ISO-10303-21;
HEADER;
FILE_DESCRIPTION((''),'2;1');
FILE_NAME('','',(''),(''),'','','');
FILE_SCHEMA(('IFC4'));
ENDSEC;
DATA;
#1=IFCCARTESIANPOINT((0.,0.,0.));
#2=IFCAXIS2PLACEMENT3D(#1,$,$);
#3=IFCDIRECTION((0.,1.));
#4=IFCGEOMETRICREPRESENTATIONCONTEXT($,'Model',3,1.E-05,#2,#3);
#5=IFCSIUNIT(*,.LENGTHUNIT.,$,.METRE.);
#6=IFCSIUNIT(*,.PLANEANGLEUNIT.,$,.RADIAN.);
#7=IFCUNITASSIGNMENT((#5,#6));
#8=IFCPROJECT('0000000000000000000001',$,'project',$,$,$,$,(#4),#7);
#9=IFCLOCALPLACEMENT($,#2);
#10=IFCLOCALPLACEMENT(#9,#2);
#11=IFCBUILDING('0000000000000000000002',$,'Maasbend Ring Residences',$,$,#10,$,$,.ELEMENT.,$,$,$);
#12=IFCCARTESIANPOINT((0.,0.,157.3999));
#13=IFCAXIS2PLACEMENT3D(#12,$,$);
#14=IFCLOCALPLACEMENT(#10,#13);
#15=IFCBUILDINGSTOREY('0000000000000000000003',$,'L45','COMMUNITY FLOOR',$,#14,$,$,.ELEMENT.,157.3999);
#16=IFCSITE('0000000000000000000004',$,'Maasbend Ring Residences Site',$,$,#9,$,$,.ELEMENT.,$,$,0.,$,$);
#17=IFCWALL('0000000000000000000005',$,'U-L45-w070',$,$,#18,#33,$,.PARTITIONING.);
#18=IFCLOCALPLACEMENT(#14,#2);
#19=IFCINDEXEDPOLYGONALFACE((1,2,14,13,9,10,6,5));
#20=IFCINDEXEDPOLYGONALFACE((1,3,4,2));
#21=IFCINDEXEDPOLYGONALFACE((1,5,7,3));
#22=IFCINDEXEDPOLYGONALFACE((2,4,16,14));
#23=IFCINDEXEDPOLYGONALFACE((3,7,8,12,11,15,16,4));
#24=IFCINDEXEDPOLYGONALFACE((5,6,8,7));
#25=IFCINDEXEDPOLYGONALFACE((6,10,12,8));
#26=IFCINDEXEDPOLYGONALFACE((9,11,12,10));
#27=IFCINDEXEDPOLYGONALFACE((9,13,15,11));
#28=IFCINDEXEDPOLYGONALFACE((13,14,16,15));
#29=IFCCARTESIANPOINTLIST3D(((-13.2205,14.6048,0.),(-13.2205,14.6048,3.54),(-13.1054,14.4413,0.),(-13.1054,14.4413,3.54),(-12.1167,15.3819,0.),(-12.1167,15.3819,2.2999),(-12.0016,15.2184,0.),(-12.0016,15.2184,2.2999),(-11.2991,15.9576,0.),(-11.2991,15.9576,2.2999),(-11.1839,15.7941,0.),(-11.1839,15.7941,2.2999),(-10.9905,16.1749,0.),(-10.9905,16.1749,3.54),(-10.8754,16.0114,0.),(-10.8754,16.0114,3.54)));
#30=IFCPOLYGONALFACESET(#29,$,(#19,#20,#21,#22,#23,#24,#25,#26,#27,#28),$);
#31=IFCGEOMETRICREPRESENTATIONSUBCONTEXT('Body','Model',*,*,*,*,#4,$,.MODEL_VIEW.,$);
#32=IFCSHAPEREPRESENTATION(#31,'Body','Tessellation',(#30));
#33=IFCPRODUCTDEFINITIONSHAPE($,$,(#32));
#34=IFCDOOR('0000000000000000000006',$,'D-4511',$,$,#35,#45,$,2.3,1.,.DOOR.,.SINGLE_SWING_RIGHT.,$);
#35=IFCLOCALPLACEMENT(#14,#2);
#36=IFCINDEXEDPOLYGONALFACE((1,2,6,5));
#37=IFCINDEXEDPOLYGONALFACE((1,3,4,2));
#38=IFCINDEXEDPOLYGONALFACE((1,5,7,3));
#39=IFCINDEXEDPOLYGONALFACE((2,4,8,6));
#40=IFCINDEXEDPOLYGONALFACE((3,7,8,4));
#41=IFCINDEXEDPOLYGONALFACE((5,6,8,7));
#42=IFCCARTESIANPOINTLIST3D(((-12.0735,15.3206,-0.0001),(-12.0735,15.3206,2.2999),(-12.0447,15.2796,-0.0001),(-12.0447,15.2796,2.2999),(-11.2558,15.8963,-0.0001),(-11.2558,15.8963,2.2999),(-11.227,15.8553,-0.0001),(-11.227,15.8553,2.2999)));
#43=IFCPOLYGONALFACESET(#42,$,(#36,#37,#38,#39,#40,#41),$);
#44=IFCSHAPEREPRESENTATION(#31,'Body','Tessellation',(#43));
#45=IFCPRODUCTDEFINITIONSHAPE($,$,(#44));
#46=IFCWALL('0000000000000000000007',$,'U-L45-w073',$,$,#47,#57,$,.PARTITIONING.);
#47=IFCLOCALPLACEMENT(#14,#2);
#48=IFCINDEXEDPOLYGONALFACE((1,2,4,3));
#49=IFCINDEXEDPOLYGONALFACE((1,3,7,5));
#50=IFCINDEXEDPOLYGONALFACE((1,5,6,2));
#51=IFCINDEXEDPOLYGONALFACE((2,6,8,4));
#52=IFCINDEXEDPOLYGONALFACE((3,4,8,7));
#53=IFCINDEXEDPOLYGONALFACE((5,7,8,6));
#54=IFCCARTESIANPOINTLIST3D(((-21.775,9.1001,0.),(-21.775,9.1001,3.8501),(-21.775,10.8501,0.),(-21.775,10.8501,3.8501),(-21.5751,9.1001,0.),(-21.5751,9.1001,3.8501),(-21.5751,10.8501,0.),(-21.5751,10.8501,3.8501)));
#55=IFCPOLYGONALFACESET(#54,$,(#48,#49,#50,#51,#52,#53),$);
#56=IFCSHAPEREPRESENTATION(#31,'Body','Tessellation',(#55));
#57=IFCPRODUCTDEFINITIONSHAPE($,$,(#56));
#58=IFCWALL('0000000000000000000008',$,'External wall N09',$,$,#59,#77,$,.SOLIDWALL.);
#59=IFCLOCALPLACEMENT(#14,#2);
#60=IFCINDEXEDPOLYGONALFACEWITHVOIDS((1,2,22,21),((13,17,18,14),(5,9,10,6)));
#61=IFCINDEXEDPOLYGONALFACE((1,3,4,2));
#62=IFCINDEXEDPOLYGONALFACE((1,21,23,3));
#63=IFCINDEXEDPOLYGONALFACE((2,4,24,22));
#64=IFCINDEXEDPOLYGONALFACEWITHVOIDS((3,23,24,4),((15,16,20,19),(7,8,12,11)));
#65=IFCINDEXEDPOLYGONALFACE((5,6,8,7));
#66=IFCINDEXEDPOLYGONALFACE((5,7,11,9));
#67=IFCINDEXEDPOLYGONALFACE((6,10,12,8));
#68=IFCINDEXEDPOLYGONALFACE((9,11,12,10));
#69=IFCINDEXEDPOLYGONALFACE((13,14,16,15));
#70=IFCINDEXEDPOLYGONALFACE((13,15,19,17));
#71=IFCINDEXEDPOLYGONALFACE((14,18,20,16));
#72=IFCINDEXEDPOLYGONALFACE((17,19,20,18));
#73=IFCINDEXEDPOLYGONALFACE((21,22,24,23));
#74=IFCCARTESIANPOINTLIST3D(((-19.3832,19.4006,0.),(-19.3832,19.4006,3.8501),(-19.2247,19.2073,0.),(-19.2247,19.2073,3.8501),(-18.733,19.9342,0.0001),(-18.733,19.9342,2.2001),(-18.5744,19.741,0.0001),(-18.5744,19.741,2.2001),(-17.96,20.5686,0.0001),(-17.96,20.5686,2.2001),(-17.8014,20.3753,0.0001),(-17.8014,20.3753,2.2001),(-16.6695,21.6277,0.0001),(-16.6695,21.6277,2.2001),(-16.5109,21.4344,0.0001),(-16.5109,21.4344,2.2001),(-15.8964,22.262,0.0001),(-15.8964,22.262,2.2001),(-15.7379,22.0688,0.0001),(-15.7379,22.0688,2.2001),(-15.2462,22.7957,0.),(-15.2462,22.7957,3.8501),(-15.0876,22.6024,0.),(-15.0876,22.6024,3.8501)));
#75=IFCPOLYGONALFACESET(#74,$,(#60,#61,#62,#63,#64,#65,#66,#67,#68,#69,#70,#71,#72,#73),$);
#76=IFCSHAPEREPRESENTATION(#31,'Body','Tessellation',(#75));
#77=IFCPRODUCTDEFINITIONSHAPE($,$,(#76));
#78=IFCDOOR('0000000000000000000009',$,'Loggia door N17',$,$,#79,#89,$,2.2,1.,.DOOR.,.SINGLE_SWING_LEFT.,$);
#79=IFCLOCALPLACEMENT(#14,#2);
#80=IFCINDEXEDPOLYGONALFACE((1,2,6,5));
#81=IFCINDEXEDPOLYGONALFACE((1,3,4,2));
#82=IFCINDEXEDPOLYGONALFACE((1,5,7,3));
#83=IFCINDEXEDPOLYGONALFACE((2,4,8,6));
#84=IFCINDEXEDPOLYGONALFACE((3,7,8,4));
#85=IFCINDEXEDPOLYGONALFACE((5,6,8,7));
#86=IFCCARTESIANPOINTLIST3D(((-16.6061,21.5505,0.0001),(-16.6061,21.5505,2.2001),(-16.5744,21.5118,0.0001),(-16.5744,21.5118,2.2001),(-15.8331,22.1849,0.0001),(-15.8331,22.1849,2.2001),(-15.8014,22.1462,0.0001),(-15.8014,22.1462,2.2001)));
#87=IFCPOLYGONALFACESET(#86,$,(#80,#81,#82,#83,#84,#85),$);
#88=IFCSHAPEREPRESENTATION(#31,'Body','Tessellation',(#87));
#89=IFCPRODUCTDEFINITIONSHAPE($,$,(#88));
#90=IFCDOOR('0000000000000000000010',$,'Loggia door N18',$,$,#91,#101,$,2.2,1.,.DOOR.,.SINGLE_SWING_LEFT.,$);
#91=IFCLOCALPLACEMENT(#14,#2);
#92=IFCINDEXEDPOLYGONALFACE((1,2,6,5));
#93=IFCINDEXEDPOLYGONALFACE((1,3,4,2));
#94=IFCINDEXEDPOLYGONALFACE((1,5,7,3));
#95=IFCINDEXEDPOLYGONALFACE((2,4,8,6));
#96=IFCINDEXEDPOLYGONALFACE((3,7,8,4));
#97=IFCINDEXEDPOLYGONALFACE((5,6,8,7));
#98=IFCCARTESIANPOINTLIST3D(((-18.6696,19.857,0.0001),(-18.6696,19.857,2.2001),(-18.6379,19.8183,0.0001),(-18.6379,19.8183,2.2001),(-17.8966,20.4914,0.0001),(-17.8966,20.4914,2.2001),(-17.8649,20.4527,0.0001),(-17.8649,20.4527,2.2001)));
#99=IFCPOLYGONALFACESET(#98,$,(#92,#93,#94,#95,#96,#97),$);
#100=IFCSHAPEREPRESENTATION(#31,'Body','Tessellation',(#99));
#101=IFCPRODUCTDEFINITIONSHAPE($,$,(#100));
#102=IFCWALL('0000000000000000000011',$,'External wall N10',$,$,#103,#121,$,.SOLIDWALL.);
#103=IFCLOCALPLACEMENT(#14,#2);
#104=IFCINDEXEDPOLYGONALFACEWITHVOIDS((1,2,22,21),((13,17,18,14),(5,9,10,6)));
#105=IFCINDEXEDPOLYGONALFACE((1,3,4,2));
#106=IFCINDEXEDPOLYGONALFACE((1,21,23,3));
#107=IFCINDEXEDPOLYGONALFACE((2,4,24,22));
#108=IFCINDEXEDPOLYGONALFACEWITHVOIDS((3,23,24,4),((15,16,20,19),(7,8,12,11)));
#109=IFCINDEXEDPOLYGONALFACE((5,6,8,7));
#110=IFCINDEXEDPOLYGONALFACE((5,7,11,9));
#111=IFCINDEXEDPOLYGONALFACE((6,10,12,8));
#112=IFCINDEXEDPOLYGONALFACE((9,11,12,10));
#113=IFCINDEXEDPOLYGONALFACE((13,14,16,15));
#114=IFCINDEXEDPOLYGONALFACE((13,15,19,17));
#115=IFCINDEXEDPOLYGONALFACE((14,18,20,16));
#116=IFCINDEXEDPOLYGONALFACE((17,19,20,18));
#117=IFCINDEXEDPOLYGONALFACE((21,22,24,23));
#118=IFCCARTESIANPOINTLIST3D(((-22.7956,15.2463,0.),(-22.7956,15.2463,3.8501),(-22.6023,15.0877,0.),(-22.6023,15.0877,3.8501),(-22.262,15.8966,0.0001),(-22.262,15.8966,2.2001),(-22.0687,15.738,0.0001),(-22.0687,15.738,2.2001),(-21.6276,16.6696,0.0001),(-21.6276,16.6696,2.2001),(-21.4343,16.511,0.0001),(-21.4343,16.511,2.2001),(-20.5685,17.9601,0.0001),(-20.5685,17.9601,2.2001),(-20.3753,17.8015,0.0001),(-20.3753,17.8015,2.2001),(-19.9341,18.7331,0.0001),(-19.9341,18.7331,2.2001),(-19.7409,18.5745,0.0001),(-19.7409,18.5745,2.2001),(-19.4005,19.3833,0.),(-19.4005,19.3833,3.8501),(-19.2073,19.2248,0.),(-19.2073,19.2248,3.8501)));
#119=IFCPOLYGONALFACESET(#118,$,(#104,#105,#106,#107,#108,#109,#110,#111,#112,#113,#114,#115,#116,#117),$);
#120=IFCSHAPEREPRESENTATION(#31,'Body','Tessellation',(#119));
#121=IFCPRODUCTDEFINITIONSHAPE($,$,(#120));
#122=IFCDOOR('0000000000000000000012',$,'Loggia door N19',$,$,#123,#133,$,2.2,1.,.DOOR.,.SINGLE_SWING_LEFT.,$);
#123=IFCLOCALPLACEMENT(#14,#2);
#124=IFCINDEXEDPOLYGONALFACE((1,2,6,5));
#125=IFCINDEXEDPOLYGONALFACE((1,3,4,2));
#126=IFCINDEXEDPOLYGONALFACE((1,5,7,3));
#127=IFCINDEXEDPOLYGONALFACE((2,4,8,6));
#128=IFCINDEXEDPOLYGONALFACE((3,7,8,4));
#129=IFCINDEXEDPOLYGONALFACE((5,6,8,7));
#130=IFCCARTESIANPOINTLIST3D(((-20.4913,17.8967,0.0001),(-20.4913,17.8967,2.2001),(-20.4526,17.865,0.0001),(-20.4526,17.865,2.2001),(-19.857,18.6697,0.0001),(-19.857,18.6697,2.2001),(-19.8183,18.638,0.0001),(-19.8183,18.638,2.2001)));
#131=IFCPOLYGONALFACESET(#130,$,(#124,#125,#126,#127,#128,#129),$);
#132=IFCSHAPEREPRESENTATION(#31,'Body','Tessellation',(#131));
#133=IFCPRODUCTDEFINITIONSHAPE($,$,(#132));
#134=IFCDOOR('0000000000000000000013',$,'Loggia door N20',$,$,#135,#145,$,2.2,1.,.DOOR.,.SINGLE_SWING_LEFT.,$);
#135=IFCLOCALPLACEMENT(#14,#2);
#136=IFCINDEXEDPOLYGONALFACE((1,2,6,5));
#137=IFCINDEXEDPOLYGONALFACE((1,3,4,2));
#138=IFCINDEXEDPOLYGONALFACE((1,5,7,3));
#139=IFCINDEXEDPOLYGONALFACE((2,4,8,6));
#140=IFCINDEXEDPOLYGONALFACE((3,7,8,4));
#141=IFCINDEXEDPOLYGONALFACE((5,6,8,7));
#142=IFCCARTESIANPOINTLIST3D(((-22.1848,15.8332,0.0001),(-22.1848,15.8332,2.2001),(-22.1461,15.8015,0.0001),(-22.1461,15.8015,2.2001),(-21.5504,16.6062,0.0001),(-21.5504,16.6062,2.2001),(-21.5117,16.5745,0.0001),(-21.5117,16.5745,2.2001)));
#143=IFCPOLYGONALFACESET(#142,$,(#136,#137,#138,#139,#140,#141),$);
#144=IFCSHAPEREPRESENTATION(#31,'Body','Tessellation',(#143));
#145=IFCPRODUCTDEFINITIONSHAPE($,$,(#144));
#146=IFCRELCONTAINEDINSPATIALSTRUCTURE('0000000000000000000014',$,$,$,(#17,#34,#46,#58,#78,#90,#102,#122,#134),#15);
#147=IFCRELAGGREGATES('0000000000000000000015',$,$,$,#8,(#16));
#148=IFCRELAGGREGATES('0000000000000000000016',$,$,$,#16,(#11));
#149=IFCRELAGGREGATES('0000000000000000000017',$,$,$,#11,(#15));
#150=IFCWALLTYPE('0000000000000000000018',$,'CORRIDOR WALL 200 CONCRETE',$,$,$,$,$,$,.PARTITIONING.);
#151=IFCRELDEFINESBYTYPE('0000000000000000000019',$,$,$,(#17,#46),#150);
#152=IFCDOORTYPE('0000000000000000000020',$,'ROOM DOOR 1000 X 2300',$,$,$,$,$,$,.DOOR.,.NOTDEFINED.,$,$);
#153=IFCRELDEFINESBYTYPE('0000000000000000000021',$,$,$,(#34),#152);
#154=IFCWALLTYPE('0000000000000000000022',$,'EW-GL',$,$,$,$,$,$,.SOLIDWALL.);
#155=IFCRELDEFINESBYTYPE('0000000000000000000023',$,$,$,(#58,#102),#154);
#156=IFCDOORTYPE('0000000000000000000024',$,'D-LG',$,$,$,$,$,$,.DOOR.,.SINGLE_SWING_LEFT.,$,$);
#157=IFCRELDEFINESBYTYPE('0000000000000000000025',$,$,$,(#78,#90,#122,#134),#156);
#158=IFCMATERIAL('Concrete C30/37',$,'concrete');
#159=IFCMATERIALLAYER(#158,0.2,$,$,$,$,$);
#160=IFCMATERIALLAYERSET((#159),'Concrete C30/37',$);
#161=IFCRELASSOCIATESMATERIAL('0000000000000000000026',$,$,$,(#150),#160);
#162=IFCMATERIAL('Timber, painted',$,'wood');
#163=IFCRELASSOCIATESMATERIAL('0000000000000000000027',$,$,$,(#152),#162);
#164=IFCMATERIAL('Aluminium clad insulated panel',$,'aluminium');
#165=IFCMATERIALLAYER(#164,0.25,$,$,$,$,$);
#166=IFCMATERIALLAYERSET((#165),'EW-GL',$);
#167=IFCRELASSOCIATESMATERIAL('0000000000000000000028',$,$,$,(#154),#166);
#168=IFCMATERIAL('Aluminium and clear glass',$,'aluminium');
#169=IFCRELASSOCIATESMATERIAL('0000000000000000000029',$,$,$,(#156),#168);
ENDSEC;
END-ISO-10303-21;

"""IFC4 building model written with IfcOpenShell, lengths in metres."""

from ifc_helpers import new_model, si_unit, direction, frame, frame_2d, origin, place, context, subcontext, project, spatial, rectangle, extrude, material, layer, layer_set, type_object, element, fill, save


model = new_model("IFC4")

# Units and contexts
model_context = context("Model", 3, precision=1e-05, world=origin(), true_north=direction((0.0, 1.0)))
body_context = subcontext(model_context, "Body", "Model", "MODEL_VIEW")
ifc_project = project(units=[si_unit("LENGTHUNIT", "METRE"), si_unit("PLANEANGLEUNIT", "RADIAN")], contexts=[model_context])

# Site, building, storey
site_placement = place(None, origin())
site = spatial("IfcSite", under=ifc_project, at=site_placement, Name="Maasbend Ring Residences Site", CompositionType="ELEMENT", RefElevation=0.0)
building_placement = place(site_placement, origin())
building = spatial("IfcBuilding", under=site, at=building_placement, Name="Maasbend Ring Residences", CompositionType="ELEMENT")
storey_placement = place(building_placement, frame((0.0, 0.0, 157.3999)))
storey = spatial("IfcBuildingStorey", under=building, at=storey_placement, Name="L45", Description="COMMUNITY FLOOR", CompositionType="ELEMENT", Elevation=157.3999)

# Shared definitions
ifc_material_1 = material(Name="Concrete C30/37", Category="concrete")
ifc_layer_1 = layer(ifc_material_1, 0.2)
ifc_layer_set_1 = layer_set([ifc_layer_1], Name="Concrete C30/37")
wall_type_1 = type_object("IfcWallType", Name="CORRIDOR WALL 200 CONCRETE", PredefinedType="PARTITIONING", material=ifc_layer_set_1)
ifc_material_2 = material(Name="Timber, painted", Category="wood")
door_type_1 = type_object("IfcDoorType", Name="ROOM DOOR 1000 X 2300", OperationType="NOTDEFINED", PredefinedType="DOOR", material=ifc_material_2)

# Wall, opening, door
wall_1_placement = place(storey_placement, frame((-13.1631, 14.5229, 0.0), z_axis=(0.0, 0.0, 1.0), x_axis=(0.817664, 0.575695, 0.0)))
wall_1 = element("IfcWall", 1, at=wall_1_placement, inside=storey, type_object=wall_type_1, Name="U-L45-w070", PredefinedType="PARTITIONING", context=body_context, shape_type="SweptSolid", body=[
    extrude(rectangle(XDim=2.7273, YDim=0.2, at=frame_2d((1.3638, 0.0))), origin(), (0.0, 0.0, 1.0), 3.54),
])
opening_1_placement = place(wall_1_placement, frame((1.3501, 0.0, 0.0)))
opening_1 = element("IfcOpeningElement", 2, at=opening_1_placement, cuts=wall_1, PredefinedType="OPENING", context=body_context, shape_type="SweptSolid", body=[
    extrude(rectangle(XDim=1.0, YDim=2.3, at=frame_2d((0.5, 1.1499))), frame((0.0, 0.1099, 0.0), z_axis=(0.0, -1.0, 0.0), x_axis=(1.0, 0.0, 0.0)), (0.0, 0.0, 1.0), 0.22),
])
door_1_placement = place(opening_1_placement, origin())
door_1 = element("IfcDoor", 3, at=door_1_placement, inside=storey, type_object=door_type_1, Name="D-4511", OperationType="SINGLE_SWING_RIGHT", OverallHeight=2.3, OverallWidth=1.0, PredefinedType="DOOR", context=body_context, shape_type="SweptSolid", body=[
    extrude(rectangle(XDim=1.0, YDim=2.3, at=frame_2d((0.5, 1.1499))), frame((0.0, 0.0249, 0.0), z_axis=(0.0, -1.0, 0.0), x_axis=(1.0, 0.0, 0.0)), (0.0, 0.0, 1.0), 0.05),
])
fill(opening_1, door_1)

# Wall
wall_2_placement = place(storey_placement, frame((-21.675, 9.1001, 0.0), z_axis=(0.0, 0.0, 1.0), x_axis=(0.0, 1.0, 0.0)))
element("IfcWall", 4, at=wall_2_placement, inside=storey, type_object=wall_type_1, Name="U-L45-w073", PredefinedType="PARTITIONING", context=body_context, shape_type="SweptSolid", body=[
    extrude(rectangle(XDim=1.75, YDim=0.2, at=frame_2d((0.875, 0.0))), origin(), (0.0, 0.0, 1.0), 3.8501),
])

# Walls, openings, doors
ifc_material_3 = material(Name="Aluminium clad insulated panel", Category="aluminium")
ifc_layer_2 = layer(ifc_material_3, 0.25)
ifc_layer_set_2 = layer_set([ifc_layer_2], Name="EW-GL")
wall_type_2 = type_object("IfcWallType", Name="EW-GL", PredefinedType="SOLIDWALL", material=ifc_layer_set_2)
wall_3_placement = place(storey_placement, frame((-15.167, 22.699, 0.0), z_axis=(0.0, 0.0, 1.0), x_axis=(-0.773019, -0.634382, 0.0)))
wall_3 = element("IfcWall", 5, at=wall_3_placement, inside=storey, type_object=wall_type_2, Name="External wall N09", PredefinedType="SOLIDWALL", context=body_context, shape_type="SweptSolid", body=[
    extrude(rectangle(XDim=5.3518, YDim=0.25, at=frame_2d((2.6758, 0.0))), origin(), (0.0, 0.0, 1.0), 3.8501),
])
opening_2_placement = place(wall_3_placement, frame((0.8411, 0.0, 0.0)))
opening_2 = element("IfcOpeningElement", 6, at=opening_2_placement, cuts=wall_3, PredefinedType="OPENING", context=body_context, shape_type="SweptSolid", body=[
    extrude(rectangle(XDim=1.0, YDim=2.2, at=frame_2d((0.5, 1.1001))), frame((0.0, 0.135, 0.0), z_axis=(0.0, -1.0, 0.0), x_axis=(1.0, 0.0, 0.0)), (0.0, 0.0, 1.0), 0.27),
])
opening_3_placement = place(wall_3_placement, frame((3.5105, 0.0, 0.0)))
opening_3 = element("IfcOpeningElement", 7, at=opening_3_placement, cuts=wall_3, PredefinedType="OPENING", context=body_context, shape_type="SweptSolid", body=[
    extrude(rectangle(XDim=1.0, YDim=2.2, at=frame_2d((0.5, 1.1001))), frame((0.0, 0.135, 0.0), z_axis=(0.0, -1.0, 0.0), x_axis=(1.0, 0.0, 0.0)), (0.0, 0.0, 1.0), 0.27),
])
ifc_material_4 = material(Name="Aluminium and clear glass", Category="aluminium")
door_type_2 = type_object("IfcDoorType", Name="D-LG", OperationType="SINGLE_SWING_LEFT", PredefinedType="DOOR", material=ifc_material_4)
door_2_placement = place(opening_2_placement, origin())
door_2 = element("IfcDoor", 8, at=door_2_placement, inside=storey, type_object=door_type_2, Name="Loggia door N17", OperationType="SINGLE_SWING_LEFT", OverallHeight=2.2, OverallWidth=1.0, PredefinedType="DOOR", context=body_context, shape_type="SweptSolid", body=[
    extrude(rectangle(XDim=1.0, YDim=2.2, at=frame_2d((0.5, 1.1001))), frame((0.0, 0.0249, 0.0), z_axis=(0.0, -1.0, 0.0), x_axis=(1.0, 0.0, 0.0)), (0.0, 0.0, 1.0), 0.05),
])
fill(opening_2, door_2)
door_3_placement = place(opening_3_placement, origin())
door_3 = element("IfcDoor", 9, at=door_3_placement, inside=storey, type_object=door_type_2, Name="Loggia door N18", OperationType="SINGLE_SWING_LEFT", OverallHeight=2.2, OverallWidth=1.0, PredefinedType="DOOR", context=body_context, shape_type="SweptSolid", body=[
    extrude(rectangle(XDim=1.0, YDim=2.2, at=frame_2d((0.5, 1.1001))), frame((0.0, 0.0249, 0.0), z_axis=(0.0, -1.0, 0.0), x_axis=(1.0, 0.0, 0.0)), (0.0, 0.0, 1.0), 0.05),
])
fill(opening_3, door_3)
wall_4_placement = place(storey_placement, frame((-19.304, 19.304, 0.0), z_axis=(0.0, 0.0, 1.0), x_axis=(-0.634382, -0.773019, 0.0)))
wall_4 = element("IfcWall", 10, at=wall_4_placement, inside=storey, type_object=wall_type_2, Name="External wall N10", PredefinedType="SOLIDWALL", context=body_context, shape_type="SweptSolid", body=[
    extrude(rectangle(XDim=5.3518, YDim=0.25, at=frame_2d((2.6758, 0.0))), origin(), (0.0, 0.0, 1.0), 3.8501),
])
opening_4_placement = place(wall_4_placement, frame((0.8411, 0.0, 0.0)))
opening_4 = element("IfcOpeningElement", 11, at=opening_4_placement, cuts=wall_4, PredefinedType="OPENING", context=body_context, shape_type="SweptSolid", body=[
    extrude(rectangle(XDim=1.0, YDim=2.2, at=frame_2d((0.5, 1.1001))), frame((0.0, 0.135, 0.0), z_axis=(0.0, -1.0, 0.0), x_axis=(1.0, 0.0, 0.0)), (0.0, 0.0, 1.0), 0.27),
])
opening_5_placement = place(wall_4_placement, frame((3.5105, 0.0, 0.0)))
opening_5 = element("IfcOpeningElement", 12, at=opening_5_placement, cuts=wall_4, PredefinedType="OPENING", context=body_context, shape_type="SweptSolid", body=[
    extrude(rectangle(XDim=1.0, YDim=2.2, at=frame_2d((0.5, 1.1001))), frame((0.0, 0.135, 0.0), z_axis=(0.0, -1.0, 0.0), x_axis=(1.0, 0.0, 0.0)), (0.0, 0.0, 1.0), 0.27),
])
door_4_placement = place(opening_4_placement, origin())
door_4 = element("IfcDoor", 13, at=door_4_placement, inside=storey, type_object=door_type_2, Name="Loggia door N19", OperationType="SINGLE_SWING_LEFT", OverallHeight=2.2, OverallWidth=1.0, PredefinedType="DOOR", context=body_context, shape_type="SweptSolid", body=[
    extrude(rectangle(XDim=1.0, YDim=2.2, at=frame_2d((0.5, 1.1001))), frame((0.0, 0.0249, 0.0), z_axis=(0.0, -1.0, 0.0), x_axis=(1.0, 0.0, 0.0)), (0.0, 0.0, 1.0), 0.05),
])
fill(opening_4, door_4)
door_5_placement = place(opening_5_placement, origin())
door_5 = element("IfcDoor", 14, at=door_5_placement, inside=storey, type_object=door_type_2, Name="Loggia door N20", OperationType="SINGLE_SWING_LEFT", OverallHeight=2.2, OverallWidth=1.0, PredefinedType="DOOR", context=body_context, shape_type="SweptSolid", body=[
    extrude(rectangle(XDim=1.0, YDim=2.2, at=frame_2d((0.5, 1.1001))), frame((0.0, 0.0249, 0.0), z_axis=(0.0, -1.0, 0.0), x_axis=(1.0, 0.0, 0.0)), (0.0, 0.0, 1.0), 0.05),
])
fill(opening_5, door_5)

save(model, "model.ifc")
